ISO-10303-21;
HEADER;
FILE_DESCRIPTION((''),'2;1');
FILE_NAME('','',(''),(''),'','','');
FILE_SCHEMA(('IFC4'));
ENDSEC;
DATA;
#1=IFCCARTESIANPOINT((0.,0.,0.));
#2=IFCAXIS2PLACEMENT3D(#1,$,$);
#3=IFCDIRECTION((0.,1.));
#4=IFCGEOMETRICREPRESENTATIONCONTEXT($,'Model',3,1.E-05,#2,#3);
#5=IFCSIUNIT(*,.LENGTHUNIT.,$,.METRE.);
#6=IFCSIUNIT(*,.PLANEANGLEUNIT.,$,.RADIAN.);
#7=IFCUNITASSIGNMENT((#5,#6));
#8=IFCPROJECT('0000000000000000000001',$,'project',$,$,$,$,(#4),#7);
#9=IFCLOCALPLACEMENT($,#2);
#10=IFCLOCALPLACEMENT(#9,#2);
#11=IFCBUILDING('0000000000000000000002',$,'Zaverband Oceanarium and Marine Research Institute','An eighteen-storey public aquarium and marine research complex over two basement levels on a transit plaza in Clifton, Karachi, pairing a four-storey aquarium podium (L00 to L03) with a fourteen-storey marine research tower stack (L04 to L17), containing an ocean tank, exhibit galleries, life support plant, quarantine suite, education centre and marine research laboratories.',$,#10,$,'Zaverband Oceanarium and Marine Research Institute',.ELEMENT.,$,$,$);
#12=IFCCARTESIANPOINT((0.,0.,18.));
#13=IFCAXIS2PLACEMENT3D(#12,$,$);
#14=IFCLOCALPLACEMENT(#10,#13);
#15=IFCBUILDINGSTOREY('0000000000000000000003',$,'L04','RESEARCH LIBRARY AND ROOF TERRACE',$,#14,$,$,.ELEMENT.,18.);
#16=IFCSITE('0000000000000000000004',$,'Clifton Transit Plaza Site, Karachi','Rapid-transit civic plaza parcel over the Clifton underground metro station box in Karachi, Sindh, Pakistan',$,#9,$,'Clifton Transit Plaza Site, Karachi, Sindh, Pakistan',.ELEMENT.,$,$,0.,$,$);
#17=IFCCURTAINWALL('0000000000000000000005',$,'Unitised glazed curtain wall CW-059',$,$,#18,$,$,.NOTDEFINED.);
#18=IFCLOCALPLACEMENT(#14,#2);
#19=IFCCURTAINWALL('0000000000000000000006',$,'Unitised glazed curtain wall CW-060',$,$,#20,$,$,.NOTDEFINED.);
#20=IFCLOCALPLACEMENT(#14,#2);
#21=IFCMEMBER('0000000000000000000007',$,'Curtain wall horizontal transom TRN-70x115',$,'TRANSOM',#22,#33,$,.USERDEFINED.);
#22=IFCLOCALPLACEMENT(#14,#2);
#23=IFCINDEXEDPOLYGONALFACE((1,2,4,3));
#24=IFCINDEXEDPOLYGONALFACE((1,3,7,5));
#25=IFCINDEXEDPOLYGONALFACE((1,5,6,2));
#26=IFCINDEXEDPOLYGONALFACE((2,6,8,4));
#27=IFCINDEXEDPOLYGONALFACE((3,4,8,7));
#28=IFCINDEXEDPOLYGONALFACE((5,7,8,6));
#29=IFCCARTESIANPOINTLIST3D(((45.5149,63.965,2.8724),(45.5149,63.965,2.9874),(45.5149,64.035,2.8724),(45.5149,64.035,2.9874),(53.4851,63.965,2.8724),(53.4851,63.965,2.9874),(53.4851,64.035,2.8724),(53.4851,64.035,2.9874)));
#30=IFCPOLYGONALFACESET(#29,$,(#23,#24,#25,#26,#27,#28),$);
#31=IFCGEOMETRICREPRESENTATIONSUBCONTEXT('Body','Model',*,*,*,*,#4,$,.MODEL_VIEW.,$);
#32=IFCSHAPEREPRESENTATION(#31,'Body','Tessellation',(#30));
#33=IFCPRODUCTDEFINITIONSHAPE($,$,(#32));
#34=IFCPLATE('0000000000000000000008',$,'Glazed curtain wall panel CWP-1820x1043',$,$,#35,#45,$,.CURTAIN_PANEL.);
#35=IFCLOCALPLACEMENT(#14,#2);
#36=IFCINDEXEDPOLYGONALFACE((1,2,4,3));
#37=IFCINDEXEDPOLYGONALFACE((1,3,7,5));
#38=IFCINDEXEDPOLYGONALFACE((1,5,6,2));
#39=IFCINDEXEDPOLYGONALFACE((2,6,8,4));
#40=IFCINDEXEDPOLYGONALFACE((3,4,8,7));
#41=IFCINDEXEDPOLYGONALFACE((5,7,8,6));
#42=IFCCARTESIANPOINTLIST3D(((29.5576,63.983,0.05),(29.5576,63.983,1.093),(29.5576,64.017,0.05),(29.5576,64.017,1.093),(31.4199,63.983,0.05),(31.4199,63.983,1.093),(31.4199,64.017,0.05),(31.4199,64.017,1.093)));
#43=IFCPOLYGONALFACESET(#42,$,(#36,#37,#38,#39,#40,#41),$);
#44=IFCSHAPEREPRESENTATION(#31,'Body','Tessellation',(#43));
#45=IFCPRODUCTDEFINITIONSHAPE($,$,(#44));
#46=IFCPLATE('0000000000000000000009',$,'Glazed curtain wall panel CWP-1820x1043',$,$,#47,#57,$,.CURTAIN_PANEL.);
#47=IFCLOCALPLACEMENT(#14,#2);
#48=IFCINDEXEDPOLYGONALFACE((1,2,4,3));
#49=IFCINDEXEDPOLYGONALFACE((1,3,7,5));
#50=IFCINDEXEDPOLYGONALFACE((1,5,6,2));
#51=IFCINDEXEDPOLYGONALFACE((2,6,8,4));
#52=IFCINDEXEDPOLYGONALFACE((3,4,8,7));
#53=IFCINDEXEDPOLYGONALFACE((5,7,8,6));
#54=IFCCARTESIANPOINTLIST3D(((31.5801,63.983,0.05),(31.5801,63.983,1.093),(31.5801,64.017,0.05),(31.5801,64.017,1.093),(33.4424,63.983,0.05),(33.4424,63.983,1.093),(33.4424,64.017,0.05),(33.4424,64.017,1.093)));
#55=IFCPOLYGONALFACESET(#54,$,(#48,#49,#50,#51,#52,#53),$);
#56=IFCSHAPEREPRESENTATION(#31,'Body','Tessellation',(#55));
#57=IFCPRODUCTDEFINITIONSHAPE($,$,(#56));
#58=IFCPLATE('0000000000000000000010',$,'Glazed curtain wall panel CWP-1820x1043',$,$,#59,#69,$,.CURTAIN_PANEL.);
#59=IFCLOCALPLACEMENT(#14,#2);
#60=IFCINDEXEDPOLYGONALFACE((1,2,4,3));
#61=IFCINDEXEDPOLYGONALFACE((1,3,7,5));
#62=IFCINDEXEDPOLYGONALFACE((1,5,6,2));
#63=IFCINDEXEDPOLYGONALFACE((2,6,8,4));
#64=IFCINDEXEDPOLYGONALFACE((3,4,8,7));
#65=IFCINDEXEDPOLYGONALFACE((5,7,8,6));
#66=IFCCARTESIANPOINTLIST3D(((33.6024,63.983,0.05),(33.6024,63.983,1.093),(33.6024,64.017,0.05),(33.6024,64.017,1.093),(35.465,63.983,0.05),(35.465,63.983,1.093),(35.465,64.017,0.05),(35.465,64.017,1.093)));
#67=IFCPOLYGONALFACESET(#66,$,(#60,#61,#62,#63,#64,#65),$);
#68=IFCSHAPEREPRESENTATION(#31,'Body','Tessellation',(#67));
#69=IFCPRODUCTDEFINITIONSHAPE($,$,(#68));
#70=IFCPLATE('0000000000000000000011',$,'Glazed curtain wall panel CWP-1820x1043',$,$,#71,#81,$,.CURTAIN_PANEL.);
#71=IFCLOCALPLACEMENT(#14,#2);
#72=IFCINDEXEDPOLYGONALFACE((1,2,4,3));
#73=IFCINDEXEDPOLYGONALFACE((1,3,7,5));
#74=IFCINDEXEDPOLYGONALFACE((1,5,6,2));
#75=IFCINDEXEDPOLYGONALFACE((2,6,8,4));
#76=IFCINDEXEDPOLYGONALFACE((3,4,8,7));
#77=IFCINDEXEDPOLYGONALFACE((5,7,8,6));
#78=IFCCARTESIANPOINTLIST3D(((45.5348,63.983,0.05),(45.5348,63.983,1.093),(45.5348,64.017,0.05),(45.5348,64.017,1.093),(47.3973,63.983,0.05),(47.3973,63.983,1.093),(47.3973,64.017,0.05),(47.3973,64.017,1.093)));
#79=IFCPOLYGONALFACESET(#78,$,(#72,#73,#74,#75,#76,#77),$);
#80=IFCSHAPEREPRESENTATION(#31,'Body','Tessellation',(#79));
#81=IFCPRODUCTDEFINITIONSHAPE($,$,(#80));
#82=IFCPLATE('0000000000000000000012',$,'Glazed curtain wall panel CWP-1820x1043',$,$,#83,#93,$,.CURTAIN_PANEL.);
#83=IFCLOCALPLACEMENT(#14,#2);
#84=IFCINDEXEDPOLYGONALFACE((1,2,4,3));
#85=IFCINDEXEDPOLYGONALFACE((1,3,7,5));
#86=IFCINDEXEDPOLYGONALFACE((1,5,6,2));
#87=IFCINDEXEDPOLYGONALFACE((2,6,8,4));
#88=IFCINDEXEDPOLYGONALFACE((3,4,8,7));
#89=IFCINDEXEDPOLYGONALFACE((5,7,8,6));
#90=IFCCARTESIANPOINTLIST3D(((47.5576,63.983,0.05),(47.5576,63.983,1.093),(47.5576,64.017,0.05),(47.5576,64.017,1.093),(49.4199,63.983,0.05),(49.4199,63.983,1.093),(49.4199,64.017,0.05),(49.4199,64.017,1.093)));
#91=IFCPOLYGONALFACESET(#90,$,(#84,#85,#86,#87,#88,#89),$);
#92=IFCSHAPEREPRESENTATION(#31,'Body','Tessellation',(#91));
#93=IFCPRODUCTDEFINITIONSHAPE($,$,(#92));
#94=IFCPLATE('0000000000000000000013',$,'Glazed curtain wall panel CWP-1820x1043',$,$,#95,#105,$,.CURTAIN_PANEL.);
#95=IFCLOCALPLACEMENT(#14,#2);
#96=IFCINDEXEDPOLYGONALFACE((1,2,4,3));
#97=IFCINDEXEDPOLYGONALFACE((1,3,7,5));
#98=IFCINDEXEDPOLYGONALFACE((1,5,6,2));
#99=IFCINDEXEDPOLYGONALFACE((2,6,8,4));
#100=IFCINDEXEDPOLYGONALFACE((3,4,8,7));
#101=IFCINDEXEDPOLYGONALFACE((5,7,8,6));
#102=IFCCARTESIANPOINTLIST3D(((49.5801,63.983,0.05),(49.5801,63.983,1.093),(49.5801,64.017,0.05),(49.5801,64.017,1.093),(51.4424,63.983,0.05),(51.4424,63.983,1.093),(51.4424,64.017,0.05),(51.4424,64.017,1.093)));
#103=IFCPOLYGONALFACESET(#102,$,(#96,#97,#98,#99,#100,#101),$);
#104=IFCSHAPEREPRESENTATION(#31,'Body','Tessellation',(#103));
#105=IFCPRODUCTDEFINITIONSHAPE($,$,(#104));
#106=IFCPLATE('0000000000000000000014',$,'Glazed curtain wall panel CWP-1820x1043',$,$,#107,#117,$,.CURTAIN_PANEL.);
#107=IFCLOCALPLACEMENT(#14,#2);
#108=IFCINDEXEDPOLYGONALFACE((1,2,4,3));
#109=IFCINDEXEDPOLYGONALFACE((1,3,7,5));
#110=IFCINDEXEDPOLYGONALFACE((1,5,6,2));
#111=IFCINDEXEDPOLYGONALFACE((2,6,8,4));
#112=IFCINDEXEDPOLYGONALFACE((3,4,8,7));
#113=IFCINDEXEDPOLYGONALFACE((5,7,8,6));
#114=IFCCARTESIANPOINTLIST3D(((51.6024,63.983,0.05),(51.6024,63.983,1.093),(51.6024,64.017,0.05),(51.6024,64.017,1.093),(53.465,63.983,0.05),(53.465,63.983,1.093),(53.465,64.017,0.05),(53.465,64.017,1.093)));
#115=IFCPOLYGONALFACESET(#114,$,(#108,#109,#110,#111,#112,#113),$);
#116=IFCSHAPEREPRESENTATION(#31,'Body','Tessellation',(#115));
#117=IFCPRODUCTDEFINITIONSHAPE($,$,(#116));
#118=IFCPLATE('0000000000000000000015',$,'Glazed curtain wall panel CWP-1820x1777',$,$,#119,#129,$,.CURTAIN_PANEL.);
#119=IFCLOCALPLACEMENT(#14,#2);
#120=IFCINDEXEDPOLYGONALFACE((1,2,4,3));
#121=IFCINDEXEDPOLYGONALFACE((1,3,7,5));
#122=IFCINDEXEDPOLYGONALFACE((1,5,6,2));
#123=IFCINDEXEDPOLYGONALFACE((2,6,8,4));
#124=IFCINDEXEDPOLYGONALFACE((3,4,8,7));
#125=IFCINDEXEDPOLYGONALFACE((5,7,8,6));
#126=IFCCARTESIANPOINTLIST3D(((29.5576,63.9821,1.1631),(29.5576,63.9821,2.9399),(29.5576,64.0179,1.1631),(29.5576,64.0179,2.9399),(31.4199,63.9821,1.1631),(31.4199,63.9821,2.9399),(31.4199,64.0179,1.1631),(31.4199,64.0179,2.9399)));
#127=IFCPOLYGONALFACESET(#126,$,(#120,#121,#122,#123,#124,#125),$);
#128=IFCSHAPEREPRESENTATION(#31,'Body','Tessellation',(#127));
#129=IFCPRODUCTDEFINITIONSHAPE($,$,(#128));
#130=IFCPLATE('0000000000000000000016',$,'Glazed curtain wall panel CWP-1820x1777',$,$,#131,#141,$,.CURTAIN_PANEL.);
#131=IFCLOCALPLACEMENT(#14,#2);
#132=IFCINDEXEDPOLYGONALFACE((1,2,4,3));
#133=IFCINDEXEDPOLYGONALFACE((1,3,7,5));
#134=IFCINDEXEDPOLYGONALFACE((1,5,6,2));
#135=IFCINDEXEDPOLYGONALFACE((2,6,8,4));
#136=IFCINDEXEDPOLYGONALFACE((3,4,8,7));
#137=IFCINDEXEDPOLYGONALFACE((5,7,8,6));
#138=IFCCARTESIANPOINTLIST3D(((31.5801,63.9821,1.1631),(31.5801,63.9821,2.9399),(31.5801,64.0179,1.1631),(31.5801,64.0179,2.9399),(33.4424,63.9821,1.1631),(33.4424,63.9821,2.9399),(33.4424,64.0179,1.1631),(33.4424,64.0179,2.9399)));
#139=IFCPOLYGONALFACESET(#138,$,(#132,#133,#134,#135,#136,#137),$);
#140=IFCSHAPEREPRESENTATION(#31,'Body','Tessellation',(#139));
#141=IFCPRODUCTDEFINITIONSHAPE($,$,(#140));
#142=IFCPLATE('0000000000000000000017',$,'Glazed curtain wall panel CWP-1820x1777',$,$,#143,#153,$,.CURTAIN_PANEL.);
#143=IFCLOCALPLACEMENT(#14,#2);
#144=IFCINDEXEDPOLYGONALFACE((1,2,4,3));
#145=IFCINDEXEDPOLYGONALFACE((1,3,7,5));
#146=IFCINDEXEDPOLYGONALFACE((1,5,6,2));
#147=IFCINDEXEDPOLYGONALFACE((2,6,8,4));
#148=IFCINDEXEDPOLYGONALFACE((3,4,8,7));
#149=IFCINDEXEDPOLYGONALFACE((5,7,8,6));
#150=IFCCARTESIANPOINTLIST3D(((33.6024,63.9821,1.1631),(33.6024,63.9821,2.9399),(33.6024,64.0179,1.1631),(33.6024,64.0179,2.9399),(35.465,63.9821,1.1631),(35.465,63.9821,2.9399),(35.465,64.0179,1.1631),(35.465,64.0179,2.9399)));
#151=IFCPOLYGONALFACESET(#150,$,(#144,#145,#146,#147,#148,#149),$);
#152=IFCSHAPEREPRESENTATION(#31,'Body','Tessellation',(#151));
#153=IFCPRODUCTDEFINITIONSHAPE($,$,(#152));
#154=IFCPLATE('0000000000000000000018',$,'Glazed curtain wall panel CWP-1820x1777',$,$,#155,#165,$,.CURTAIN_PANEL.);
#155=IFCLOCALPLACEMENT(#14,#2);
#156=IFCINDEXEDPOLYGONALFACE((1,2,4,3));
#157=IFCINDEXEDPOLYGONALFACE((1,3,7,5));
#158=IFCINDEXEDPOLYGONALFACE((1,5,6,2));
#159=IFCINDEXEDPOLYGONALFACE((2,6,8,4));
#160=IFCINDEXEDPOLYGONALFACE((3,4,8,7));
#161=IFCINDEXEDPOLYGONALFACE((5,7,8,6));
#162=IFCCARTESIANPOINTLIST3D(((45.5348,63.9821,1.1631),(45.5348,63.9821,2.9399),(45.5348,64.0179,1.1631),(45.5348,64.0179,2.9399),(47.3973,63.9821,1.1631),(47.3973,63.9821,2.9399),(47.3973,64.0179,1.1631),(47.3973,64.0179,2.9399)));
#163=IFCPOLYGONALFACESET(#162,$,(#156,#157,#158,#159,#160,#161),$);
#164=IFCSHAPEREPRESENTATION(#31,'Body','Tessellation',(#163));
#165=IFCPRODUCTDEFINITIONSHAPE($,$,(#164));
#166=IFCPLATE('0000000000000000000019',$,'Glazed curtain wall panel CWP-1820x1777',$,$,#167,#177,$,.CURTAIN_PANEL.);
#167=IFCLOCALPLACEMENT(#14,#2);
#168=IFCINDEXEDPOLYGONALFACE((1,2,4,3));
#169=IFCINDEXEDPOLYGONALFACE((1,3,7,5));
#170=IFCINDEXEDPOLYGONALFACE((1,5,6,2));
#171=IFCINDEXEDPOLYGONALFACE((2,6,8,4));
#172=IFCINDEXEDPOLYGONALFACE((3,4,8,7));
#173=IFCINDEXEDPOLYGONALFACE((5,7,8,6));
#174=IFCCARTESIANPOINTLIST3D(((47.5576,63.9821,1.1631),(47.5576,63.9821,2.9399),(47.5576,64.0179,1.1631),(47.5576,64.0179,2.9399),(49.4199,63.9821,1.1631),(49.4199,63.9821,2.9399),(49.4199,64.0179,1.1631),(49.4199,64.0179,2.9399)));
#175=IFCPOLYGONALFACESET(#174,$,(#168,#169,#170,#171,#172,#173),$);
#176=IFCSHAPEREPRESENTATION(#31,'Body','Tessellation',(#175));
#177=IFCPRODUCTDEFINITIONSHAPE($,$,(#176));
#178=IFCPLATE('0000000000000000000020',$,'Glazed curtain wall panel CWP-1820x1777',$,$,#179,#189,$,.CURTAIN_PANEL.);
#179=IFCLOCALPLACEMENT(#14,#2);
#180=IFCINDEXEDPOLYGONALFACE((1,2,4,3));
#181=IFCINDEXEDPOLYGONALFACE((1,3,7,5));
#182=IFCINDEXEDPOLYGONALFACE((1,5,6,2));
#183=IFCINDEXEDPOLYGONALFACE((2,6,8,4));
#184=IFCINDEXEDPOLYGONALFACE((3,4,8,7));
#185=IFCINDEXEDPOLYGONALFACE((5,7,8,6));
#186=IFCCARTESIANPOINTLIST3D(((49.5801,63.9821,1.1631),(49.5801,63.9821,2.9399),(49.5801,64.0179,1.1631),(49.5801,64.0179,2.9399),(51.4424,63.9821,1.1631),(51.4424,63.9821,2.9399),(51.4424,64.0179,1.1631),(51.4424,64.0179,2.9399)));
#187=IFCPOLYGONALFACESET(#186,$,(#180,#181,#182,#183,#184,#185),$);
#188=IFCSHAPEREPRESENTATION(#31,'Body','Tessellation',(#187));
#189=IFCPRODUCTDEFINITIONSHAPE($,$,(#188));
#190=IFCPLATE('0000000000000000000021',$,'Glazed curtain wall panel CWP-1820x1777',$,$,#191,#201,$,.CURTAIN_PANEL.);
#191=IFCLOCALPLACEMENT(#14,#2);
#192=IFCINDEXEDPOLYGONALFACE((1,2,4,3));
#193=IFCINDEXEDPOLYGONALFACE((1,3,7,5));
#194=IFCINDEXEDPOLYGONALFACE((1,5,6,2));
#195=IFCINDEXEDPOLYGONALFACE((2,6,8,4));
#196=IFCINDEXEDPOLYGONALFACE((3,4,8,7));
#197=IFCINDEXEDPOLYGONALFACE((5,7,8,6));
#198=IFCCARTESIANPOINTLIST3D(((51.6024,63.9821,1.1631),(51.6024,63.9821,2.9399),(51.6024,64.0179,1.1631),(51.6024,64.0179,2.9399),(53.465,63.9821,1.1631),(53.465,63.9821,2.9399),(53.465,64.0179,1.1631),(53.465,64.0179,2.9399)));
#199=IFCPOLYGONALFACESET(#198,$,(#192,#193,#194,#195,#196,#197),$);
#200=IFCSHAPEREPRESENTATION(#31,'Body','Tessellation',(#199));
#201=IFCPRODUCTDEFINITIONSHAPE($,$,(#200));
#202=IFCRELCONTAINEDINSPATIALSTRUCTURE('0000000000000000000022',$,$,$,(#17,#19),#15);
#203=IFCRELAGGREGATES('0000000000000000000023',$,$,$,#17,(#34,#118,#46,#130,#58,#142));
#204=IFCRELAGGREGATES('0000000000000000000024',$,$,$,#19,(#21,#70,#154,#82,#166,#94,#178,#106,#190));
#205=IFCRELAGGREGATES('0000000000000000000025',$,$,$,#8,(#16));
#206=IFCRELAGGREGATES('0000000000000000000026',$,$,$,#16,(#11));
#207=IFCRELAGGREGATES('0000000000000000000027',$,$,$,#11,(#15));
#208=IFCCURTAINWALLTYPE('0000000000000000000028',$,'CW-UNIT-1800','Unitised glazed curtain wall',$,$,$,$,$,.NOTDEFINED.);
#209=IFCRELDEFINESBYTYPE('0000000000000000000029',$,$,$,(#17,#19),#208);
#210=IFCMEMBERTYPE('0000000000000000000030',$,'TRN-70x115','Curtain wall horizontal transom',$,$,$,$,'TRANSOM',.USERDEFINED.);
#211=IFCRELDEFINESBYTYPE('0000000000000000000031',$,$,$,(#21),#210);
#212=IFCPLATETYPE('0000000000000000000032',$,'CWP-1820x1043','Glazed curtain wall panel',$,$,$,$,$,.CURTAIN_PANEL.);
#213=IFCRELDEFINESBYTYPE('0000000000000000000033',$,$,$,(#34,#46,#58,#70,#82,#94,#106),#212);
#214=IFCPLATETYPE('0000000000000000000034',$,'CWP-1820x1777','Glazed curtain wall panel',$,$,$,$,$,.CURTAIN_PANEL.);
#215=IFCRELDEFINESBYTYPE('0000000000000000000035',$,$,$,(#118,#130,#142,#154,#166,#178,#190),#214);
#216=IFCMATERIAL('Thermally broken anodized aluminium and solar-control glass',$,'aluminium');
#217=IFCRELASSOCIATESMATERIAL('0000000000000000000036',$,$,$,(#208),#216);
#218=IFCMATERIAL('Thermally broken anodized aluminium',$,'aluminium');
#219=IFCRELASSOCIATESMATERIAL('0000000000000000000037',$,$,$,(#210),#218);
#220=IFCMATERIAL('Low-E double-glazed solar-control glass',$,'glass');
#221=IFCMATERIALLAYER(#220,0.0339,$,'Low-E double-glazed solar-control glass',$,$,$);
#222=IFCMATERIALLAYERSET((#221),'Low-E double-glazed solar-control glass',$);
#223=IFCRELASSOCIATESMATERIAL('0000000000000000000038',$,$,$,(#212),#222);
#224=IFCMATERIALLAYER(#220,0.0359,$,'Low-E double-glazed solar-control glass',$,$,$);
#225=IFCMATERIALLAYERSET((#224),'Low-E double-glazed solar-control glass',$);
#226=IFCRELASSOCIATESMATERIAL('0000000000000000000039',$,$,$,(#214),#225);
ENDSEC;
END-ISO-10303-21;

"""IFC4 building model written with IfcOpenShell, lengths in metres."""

from ifc_helpers import new_model, si_unit, direction, frame, frame_2d, origin, origin_2d, place, context, subcontext, project, spatial, rectangle, extrude, material, layer, layer_set, material_profile, profile_set, type_object, element, aggregate, save


model = new_model("IFC4")

# Units and contexts
model_context = context("Model", 3, precision=1e-05, world=origin(), true_north=direction((0.0, 1.0)))
body_context = subcontext(model_context, "Body", "Model", "MODEL_VIEW")
ifc_project = project(units=[si_unit("LENGTHUNIT", "METRE"), si_unit("PLANEANGLEUNIT", "RADIAN")], contexts=[model_context])

# Site, building, storey
site_placement = place(None, origin())
site = spatial("IfcSite", under=ifc_project, at=site_placement, Name="Clifton Transit Plaza Site, Karachi", Description="Rapid-transit civic plaza parcel over the Clifton underground metro station box in Karachi, Sindh, Pakistan", LongName="Clifton Transit Plaza Site, Karachi, Sindh, Pakistan", CompositionType="ELEMENT", RefElevation=0.0)
building_placement = place(site_placement, origin())
building = spatial("IfcBuilding", under=site, at=building_placement, Name="Zaverband Oceanarium and Marine Research Institute", Description="An eighteen-storey public aquarium and marine research complex over two basement levels on a transit plaza in Clifton, Karachi, pairing a four-storey aquarium podium (L00 to L03) with a fourteen-storey marine research tower stack (L04 to L17), containing an ocean tank, exhibit galleries, life support plant, quarantine suite, education centre and marine research laboratories.", LongName="Zaverband Oceanarium and Marine Research Institute", CompositionType="ELEMENT")
storey_placement = place(building_placement, frame((0.0, 0.0, 18.0)))
storey = spatial("IfcBuildingStorey", under=building, at=storey_placement, Name="L04", Description="RESEARCH LIBRARY AND ROOF TERRACE", CompositionType="ELEMENT", Elevation=18.0)

# Curtain walls
ifc_material_1 = material(Name="Thermally broken anodized aluminium and solar-control glass", Category="aluminium")
curtain_wall_type = type_object("IfcCurtainWallType", Name="CW-UNIT-1800", Description="Unitised glazed curtain wall", PredefinedType="NOTDEFINED", material=ifc_material_1)
curtain_wall_1_placement = place(storey_placement, origin())
curtain_wall_1 = element("IfcCurtainWall", 1, at=curtain_wall_1_placement, inside=storey, type_object=curtain_wall_type, Name="Unitised glazed curtain wall CW-059", PredefinedType="NOTDEFINED")
ifc_material_2 = material(Name="Thermally broken anodized aluminium", Category="aluminium")
curtain_wall_2_placement = place(storey_placement, origin())
curtain_wall_2 = element("IfcCurtainWall", 2, at=curtain_wall_2_placement, inside=storey, type_object=curtain_wall_type, Name="Unitised glazed curtain wall CW-060", PredefinedType="NOTDEFINED")

# Member
ifc_material_profile_1 = material_profile(ifc_material_2, rectangle(XDim=0.0701, YDim=0.115, at=origin_2d()), Name="AL-TRN-70x115")
ifc_profile_set_1 = profile_set([ifc_material_profile_1], Name="Thermally broken anodized aluminium")
member_type_1 = type_object("IfcMemberType", Name="TRN-70x115", Description="Curtain wall horizontal transom", ElementType="TRANSOM", PredefinedType="USERDEFINED", material=ifc_profile_set_1)
member_1_placement = place(storey_placement, frame((45.5149, 64.0, 2.9299), z_axis=(1.0, 0.0, 0.0), x_axis=(0.0, 1.0, 0.0)))
member_1 = element("IfcMember", 3, at=member_1_placement, type_object=member_type_1, Name="Curtain wall horizontal transom TRN-70x115", ObjectType="TRANSOM", PredefinedType="USERDEFINED", context=body_context, shape_type="SweptSolid", body=[
    extrude(rectangle(XDim=0.0701, YDim=0.115, at=origin_2d()), origin(), (0.0, 0.0, 1.0), 7.9702),
])

# Plates
ifc_material_3 = material(Name="Low-E double-glazed solar-control glass", Category="glass")
ifc_layer_1 = layer(ifc_material_3, 0.0339, Name="Low-E double-glazed solar-control glass")
ifc_layer_set_1 = layer_set([ifc_layer_1], Name="Low-E double-glazed solar-control glass")
plate_type_1 = type_object("IfcPlateType", Name="CWP-1820x1043", Description="Glazed curtain wall panel", PredefinedType="CURTAIN_PANEL", material=ifc_layer_set_1)
plate_1_placement = place(storey_placement, frame((29.5576, 64.0, 0.05), z_axis=(0.0, 0.0, 1.0), x_axis=(1.0, 0.0, 0.0)))
plate_1 = element("IfcPlate", 4, at=plate_1_placement, type_object=plate_type_1, Name="Glazed curtain wall panel CWP-1820x1043", PredefinedType="CURTAIN_PANEL", context=body_context, shape_type="SweptSolid", body=[
    extrude(rectangle(XDim=1.8623, YDim=0.0339, at=frame_2d((0.9312, 0.0))), origin(), (0.0, 0.0, 1.0), 1.043),
])
plate_2_placement = place(storey_placement, frame((31.5801, 64.0, 0.05), z_axis=(0.0, 0.0, 1.0), x_axis=(1.0, 0.0, 0.0)))
plate_2 = element("IfcPlate", 5, at=plate_2_placement, type_object=plate_type_1, Name="Glazed curtain wall panel CWP-1820x1043", PredefinedType="CURTAIN_PANEL", context=body_context, shape_type="SweptSolid", body=[
    extrude(rectangle(XDim=1.8623, YDim=0.0339, at=frame_2d((0.9312, 0.0))), origin(), (0.0, 0.0, 1.0), 1.043),
])
plate_3_placement = place(storey_placement, frame((33.6025, 64.0, 0.05), z_axis=(0.0, 0.0, 1.0), x_axis=(1.0, 0.0, 0.0)))
plate_3 = element("IfcPlate", 6, at=plate_3_placement, type_object=plate_type_1, Name="Glazed curtain wall panel CWP-1820x1043", PredefinedType="CURTAIN_PANEL", context=body_context, shape_type="SweptSolid", body=[
    extrude(rectangle(XDim=1.8625, YDim=0.0339, at=frame_2d((0.9312, 0.0))), origin(), (0.0, 0.0, 1.0), 1.043),
])
plate_4_placement = place(storey_placement, frame((45.5349, 64.0, 0.05), z_axis=(0.0, 0.0, 1.0), x_axis=(1.0, 0.0, 0.0)))
plate_4 = element("IfcPlate", 7, at=plate_4_placement, type_object=plate_type_1, Name="Glazed curtain wall panel CWP-1820x1043", PredefinedType="CURTAIN_PANEL", context=body_context, shape_type="SweptSolid", body=[
    extrude(rectangle(XDim=1.8625, YDim=0.0339, at=frame_2d((0.9312, 0.0))), origin(), (0.0, 0.0, 1.0), 1.043),
])
plate_5_placement = place(storey_placement, frame((47.5576, 64.0, 0.05), z_axis=(0.0, 0.0, 1.0), x_axis=(1.0, 0.0, 0.0)))
plate_5 = element("IfcPlate", 8, at=plate_5_placement, type_object=plate_type_1, Name="Glazed curtain wall panel CWP-1820x1043", PredefinedType="CURTAIN_PANEL", context=body_context, shape_type="SweptSolid", body=[
    extrude(rectangle(XDim=1.8623, YDim=0.0339, at=frame_2d((0.9312, 0.0))), origin(), (0.0, 0.0, 1.0), 1.043),
])
plate_6_placement = place(storey_placement, frame((49.5801, 64.0, 0.05), z_axis=(0.0, 0.0, 1.0), x_axis=(1.0, 0.0, 0.0)))
plate_6 = element("IfcPlate", 9, at=plate_6_placement, type_object=plate_type_1, Name="Glazed curtain wall panel CWP-1820x1043", PredefinedType="CURTAIN_PANEL", context=body_context, shape_type="SweptSolid", body=[
    extrude(rectangle(XDim=1.8623, YDim=0.0339, at=frame_2d((0.9312, 0.0))), origin(), (0.0, 0.0, 1.0), 1.043),
])
plate_7_placement = place(storey_placement, frame((51.6025, 64.0, 0.05), z_axis=(0.0, 0.0, 1.0), x_axis=(1.0, 0.0, 0.0)))
plate_7 = element("IfcPlate", 10, at=plate_7_placement, type_object=plate_type_1, Name="Glazed curtain wall panel CWP-1820x1043", PredefinedType="CURTAIN_PANEL", context=body_context, shape_type="SweptSolid", body=[
    extrude(rectangle(XDim=1.8625, YDim=0.0339, at=frame_2d((0.9312, 0.0))), origin(), (0.0, 0.0, 1.0), 1.043),
])
ifc_layer_2 = layer(ifc_material_3, 0.0359, Name="Low-E double-glazed solar-control glass")
ifc_layer_set_2 = layer_set([ifc_layer_2], Name="Low-E double-glazed solar-control glass")
plate_type_2 = type_object("IfcPlateType", Name="CWP-1820x1777", Description="Glazed curtain wall panel", PredefinedType="CURTAIN_PANEL", material=ifc_layer_set_2)
plate_8_placement = place(storey_placement, frame((29.5576, 64.0, 1.1631), z_axis=(0.0, 0.0, 1.0), x_axis=(1.0, 0.0, 0.0)))
plate_8 = element("IfcPlate", 11, at=plate_8_placement, type_object=plate_type_2, Name="Glazed curtain wall panel CWP-1820x1777", PredefinedType="CURTAIN_PANEL", context=body_context, shape_type="SweptSolid", body=[
    extrude(rectangle(XDim=1.8623, YDim=0.0359, at=frame_2d((0.9312, 0.0))), origin(), (0.0, 0.0, 1.0), 1.7769),
])
plate_9_placement = place(storey_placement, frame((31.5801, 64.0, 1.1631), z_axis=(0.0, 0.0, 1.0), x_axis=(1.0, 0.0, 0.0)))
plate_9 = element("IfcPlate", 12, at=plate_9_placement, type_object=plate_type_2, Name="Glazed curtain wall panel CWP-1820x1777", PredefinedType="CURTAIN_PANEL", context=body_context, shape_type="SweptSolid", body=[
    extrude(rectangle(XDim=1.8623, YDim=0.0359, at=frame_2d((0.9312, 0.0))), origin(), (0.0, 0.0, 1.0), 1.7769),
])
plate_10_placement = place(storey_placement, frame((33.6025, 64.0, 1.1631), z_axis=(0.0, 0.0, 1.0), x_axis=(1.0, 0.0, 0.0)))
plate_10 = element("IfcPlate", 13, at=plate_10_placement, type_object=plate_type_2, Name="Glazed curtain wall panel CWP-1820x1777", PredefinedType="CURTAIN_PANEL", context=body_context, shape_type="SweptSolid", body=[
    extrude(rectangle(XDim=1.8625, YDim=0.0359, at=frame_2d((0.9312, 0.0))), origin(), (0.0, 0.0, 1.0), 1.7769),
])
aggregate(curtain_wall_1, [plate_1, plate_8, plate_2, plate_9, plate_3, plate_10])
plate_11_placement = place(storey_placement, frame((45.5349, 64.0, 1.1631), z_axis=(0.0, 0.0, 1.0), x_axis=(1.0, 0.0, 0.0)))
plate_11 = element("IfcPlate", 14, at=plate_11_placement, type_object=plate_type_2, Name="Glazed curtain wall panel CWP-1820x1777", PredefinedType="CURTAIN_PANEL", context=body_context, shape_type="SweptSolid", body=[
    extrude(rectangle(XDim=1.8625, YDim=0.0359, at=frame_2d((0.9312, 0.0))), origin(), (0.0, 0.0, 1.0), 1.7769),
])
plate_12_placement = place(storey_placement, frame((47.5576, 64.0, 1.1631), z_axis=(0.0, 0.0, 1.0), x_axis=(1.0, 0.0, 0.0)))
plate_12 = element("IfcPlate", 15, at=plate_12_placement, type_object=plate_type_2, Name="Glazed curtain wall panel CWP-1820x1777", PredefinedType="CURTAIN_PANEL", context=body_context, shape_type="SweptSolid", body=[
    extrude(rectangle(XDim=1.8623, YDim=0.0359, at=frame_2d((0.9312, 0.0))), origin(), (0.0, 0.0, 1.0), 1.7769),
])
plate_13_placement = place(storey_placement, frame((49.5801, 64.0, 1.1631), z_axis=(0.0, 0.0, 1.0), x_axis=(1.0, 0.0, 0.0)))
plate_13 = element("IfcPlate", 16, at=plate_13_placement, type_object=plate_type_2, Name="Glazed curtain wall panel CWP-1820x1777", PredefinedType="CURTAIN_PANEL", context=body_context, shape_type="SweptSolid", body=[
    extrude(rectangle(XDim=1.8623, YDim=0.0359, at=frame_2d((0.9312, 0.0))), origin(), (0.0, 0.0, 1.0), 1.7769),
])
plate_14_placement = place(storey_placement, frame((51.6025, 64.0, 1.1631), z_axis=(0.0, 0.0, 1.0), x_axis=(1.0, 0.0, 0.0)))
plate_14 = element("IfcPlate", 17, at=plate_14_placement, type_object=plate_type_2, Name="Glazed curtain wall panel CWP-1820x1777", PredefinedType="CURTAIN_PANEL", context=body_context, shape_type="SweptSolid", body=[
    extrude(rectangle(XDim=1.8625, YDim=0.0359, at=frame_2d((0.9312, 0.0))), origin(), (0.0, 0.0, 1.0), 1.7769),
])
aggregate(curtain_wall_2, [member_1, plate_4, plate_11, plate_5, plate_12, plate_6, plate_13, plate_7, plate_14])

save(model, "model.ifc")
